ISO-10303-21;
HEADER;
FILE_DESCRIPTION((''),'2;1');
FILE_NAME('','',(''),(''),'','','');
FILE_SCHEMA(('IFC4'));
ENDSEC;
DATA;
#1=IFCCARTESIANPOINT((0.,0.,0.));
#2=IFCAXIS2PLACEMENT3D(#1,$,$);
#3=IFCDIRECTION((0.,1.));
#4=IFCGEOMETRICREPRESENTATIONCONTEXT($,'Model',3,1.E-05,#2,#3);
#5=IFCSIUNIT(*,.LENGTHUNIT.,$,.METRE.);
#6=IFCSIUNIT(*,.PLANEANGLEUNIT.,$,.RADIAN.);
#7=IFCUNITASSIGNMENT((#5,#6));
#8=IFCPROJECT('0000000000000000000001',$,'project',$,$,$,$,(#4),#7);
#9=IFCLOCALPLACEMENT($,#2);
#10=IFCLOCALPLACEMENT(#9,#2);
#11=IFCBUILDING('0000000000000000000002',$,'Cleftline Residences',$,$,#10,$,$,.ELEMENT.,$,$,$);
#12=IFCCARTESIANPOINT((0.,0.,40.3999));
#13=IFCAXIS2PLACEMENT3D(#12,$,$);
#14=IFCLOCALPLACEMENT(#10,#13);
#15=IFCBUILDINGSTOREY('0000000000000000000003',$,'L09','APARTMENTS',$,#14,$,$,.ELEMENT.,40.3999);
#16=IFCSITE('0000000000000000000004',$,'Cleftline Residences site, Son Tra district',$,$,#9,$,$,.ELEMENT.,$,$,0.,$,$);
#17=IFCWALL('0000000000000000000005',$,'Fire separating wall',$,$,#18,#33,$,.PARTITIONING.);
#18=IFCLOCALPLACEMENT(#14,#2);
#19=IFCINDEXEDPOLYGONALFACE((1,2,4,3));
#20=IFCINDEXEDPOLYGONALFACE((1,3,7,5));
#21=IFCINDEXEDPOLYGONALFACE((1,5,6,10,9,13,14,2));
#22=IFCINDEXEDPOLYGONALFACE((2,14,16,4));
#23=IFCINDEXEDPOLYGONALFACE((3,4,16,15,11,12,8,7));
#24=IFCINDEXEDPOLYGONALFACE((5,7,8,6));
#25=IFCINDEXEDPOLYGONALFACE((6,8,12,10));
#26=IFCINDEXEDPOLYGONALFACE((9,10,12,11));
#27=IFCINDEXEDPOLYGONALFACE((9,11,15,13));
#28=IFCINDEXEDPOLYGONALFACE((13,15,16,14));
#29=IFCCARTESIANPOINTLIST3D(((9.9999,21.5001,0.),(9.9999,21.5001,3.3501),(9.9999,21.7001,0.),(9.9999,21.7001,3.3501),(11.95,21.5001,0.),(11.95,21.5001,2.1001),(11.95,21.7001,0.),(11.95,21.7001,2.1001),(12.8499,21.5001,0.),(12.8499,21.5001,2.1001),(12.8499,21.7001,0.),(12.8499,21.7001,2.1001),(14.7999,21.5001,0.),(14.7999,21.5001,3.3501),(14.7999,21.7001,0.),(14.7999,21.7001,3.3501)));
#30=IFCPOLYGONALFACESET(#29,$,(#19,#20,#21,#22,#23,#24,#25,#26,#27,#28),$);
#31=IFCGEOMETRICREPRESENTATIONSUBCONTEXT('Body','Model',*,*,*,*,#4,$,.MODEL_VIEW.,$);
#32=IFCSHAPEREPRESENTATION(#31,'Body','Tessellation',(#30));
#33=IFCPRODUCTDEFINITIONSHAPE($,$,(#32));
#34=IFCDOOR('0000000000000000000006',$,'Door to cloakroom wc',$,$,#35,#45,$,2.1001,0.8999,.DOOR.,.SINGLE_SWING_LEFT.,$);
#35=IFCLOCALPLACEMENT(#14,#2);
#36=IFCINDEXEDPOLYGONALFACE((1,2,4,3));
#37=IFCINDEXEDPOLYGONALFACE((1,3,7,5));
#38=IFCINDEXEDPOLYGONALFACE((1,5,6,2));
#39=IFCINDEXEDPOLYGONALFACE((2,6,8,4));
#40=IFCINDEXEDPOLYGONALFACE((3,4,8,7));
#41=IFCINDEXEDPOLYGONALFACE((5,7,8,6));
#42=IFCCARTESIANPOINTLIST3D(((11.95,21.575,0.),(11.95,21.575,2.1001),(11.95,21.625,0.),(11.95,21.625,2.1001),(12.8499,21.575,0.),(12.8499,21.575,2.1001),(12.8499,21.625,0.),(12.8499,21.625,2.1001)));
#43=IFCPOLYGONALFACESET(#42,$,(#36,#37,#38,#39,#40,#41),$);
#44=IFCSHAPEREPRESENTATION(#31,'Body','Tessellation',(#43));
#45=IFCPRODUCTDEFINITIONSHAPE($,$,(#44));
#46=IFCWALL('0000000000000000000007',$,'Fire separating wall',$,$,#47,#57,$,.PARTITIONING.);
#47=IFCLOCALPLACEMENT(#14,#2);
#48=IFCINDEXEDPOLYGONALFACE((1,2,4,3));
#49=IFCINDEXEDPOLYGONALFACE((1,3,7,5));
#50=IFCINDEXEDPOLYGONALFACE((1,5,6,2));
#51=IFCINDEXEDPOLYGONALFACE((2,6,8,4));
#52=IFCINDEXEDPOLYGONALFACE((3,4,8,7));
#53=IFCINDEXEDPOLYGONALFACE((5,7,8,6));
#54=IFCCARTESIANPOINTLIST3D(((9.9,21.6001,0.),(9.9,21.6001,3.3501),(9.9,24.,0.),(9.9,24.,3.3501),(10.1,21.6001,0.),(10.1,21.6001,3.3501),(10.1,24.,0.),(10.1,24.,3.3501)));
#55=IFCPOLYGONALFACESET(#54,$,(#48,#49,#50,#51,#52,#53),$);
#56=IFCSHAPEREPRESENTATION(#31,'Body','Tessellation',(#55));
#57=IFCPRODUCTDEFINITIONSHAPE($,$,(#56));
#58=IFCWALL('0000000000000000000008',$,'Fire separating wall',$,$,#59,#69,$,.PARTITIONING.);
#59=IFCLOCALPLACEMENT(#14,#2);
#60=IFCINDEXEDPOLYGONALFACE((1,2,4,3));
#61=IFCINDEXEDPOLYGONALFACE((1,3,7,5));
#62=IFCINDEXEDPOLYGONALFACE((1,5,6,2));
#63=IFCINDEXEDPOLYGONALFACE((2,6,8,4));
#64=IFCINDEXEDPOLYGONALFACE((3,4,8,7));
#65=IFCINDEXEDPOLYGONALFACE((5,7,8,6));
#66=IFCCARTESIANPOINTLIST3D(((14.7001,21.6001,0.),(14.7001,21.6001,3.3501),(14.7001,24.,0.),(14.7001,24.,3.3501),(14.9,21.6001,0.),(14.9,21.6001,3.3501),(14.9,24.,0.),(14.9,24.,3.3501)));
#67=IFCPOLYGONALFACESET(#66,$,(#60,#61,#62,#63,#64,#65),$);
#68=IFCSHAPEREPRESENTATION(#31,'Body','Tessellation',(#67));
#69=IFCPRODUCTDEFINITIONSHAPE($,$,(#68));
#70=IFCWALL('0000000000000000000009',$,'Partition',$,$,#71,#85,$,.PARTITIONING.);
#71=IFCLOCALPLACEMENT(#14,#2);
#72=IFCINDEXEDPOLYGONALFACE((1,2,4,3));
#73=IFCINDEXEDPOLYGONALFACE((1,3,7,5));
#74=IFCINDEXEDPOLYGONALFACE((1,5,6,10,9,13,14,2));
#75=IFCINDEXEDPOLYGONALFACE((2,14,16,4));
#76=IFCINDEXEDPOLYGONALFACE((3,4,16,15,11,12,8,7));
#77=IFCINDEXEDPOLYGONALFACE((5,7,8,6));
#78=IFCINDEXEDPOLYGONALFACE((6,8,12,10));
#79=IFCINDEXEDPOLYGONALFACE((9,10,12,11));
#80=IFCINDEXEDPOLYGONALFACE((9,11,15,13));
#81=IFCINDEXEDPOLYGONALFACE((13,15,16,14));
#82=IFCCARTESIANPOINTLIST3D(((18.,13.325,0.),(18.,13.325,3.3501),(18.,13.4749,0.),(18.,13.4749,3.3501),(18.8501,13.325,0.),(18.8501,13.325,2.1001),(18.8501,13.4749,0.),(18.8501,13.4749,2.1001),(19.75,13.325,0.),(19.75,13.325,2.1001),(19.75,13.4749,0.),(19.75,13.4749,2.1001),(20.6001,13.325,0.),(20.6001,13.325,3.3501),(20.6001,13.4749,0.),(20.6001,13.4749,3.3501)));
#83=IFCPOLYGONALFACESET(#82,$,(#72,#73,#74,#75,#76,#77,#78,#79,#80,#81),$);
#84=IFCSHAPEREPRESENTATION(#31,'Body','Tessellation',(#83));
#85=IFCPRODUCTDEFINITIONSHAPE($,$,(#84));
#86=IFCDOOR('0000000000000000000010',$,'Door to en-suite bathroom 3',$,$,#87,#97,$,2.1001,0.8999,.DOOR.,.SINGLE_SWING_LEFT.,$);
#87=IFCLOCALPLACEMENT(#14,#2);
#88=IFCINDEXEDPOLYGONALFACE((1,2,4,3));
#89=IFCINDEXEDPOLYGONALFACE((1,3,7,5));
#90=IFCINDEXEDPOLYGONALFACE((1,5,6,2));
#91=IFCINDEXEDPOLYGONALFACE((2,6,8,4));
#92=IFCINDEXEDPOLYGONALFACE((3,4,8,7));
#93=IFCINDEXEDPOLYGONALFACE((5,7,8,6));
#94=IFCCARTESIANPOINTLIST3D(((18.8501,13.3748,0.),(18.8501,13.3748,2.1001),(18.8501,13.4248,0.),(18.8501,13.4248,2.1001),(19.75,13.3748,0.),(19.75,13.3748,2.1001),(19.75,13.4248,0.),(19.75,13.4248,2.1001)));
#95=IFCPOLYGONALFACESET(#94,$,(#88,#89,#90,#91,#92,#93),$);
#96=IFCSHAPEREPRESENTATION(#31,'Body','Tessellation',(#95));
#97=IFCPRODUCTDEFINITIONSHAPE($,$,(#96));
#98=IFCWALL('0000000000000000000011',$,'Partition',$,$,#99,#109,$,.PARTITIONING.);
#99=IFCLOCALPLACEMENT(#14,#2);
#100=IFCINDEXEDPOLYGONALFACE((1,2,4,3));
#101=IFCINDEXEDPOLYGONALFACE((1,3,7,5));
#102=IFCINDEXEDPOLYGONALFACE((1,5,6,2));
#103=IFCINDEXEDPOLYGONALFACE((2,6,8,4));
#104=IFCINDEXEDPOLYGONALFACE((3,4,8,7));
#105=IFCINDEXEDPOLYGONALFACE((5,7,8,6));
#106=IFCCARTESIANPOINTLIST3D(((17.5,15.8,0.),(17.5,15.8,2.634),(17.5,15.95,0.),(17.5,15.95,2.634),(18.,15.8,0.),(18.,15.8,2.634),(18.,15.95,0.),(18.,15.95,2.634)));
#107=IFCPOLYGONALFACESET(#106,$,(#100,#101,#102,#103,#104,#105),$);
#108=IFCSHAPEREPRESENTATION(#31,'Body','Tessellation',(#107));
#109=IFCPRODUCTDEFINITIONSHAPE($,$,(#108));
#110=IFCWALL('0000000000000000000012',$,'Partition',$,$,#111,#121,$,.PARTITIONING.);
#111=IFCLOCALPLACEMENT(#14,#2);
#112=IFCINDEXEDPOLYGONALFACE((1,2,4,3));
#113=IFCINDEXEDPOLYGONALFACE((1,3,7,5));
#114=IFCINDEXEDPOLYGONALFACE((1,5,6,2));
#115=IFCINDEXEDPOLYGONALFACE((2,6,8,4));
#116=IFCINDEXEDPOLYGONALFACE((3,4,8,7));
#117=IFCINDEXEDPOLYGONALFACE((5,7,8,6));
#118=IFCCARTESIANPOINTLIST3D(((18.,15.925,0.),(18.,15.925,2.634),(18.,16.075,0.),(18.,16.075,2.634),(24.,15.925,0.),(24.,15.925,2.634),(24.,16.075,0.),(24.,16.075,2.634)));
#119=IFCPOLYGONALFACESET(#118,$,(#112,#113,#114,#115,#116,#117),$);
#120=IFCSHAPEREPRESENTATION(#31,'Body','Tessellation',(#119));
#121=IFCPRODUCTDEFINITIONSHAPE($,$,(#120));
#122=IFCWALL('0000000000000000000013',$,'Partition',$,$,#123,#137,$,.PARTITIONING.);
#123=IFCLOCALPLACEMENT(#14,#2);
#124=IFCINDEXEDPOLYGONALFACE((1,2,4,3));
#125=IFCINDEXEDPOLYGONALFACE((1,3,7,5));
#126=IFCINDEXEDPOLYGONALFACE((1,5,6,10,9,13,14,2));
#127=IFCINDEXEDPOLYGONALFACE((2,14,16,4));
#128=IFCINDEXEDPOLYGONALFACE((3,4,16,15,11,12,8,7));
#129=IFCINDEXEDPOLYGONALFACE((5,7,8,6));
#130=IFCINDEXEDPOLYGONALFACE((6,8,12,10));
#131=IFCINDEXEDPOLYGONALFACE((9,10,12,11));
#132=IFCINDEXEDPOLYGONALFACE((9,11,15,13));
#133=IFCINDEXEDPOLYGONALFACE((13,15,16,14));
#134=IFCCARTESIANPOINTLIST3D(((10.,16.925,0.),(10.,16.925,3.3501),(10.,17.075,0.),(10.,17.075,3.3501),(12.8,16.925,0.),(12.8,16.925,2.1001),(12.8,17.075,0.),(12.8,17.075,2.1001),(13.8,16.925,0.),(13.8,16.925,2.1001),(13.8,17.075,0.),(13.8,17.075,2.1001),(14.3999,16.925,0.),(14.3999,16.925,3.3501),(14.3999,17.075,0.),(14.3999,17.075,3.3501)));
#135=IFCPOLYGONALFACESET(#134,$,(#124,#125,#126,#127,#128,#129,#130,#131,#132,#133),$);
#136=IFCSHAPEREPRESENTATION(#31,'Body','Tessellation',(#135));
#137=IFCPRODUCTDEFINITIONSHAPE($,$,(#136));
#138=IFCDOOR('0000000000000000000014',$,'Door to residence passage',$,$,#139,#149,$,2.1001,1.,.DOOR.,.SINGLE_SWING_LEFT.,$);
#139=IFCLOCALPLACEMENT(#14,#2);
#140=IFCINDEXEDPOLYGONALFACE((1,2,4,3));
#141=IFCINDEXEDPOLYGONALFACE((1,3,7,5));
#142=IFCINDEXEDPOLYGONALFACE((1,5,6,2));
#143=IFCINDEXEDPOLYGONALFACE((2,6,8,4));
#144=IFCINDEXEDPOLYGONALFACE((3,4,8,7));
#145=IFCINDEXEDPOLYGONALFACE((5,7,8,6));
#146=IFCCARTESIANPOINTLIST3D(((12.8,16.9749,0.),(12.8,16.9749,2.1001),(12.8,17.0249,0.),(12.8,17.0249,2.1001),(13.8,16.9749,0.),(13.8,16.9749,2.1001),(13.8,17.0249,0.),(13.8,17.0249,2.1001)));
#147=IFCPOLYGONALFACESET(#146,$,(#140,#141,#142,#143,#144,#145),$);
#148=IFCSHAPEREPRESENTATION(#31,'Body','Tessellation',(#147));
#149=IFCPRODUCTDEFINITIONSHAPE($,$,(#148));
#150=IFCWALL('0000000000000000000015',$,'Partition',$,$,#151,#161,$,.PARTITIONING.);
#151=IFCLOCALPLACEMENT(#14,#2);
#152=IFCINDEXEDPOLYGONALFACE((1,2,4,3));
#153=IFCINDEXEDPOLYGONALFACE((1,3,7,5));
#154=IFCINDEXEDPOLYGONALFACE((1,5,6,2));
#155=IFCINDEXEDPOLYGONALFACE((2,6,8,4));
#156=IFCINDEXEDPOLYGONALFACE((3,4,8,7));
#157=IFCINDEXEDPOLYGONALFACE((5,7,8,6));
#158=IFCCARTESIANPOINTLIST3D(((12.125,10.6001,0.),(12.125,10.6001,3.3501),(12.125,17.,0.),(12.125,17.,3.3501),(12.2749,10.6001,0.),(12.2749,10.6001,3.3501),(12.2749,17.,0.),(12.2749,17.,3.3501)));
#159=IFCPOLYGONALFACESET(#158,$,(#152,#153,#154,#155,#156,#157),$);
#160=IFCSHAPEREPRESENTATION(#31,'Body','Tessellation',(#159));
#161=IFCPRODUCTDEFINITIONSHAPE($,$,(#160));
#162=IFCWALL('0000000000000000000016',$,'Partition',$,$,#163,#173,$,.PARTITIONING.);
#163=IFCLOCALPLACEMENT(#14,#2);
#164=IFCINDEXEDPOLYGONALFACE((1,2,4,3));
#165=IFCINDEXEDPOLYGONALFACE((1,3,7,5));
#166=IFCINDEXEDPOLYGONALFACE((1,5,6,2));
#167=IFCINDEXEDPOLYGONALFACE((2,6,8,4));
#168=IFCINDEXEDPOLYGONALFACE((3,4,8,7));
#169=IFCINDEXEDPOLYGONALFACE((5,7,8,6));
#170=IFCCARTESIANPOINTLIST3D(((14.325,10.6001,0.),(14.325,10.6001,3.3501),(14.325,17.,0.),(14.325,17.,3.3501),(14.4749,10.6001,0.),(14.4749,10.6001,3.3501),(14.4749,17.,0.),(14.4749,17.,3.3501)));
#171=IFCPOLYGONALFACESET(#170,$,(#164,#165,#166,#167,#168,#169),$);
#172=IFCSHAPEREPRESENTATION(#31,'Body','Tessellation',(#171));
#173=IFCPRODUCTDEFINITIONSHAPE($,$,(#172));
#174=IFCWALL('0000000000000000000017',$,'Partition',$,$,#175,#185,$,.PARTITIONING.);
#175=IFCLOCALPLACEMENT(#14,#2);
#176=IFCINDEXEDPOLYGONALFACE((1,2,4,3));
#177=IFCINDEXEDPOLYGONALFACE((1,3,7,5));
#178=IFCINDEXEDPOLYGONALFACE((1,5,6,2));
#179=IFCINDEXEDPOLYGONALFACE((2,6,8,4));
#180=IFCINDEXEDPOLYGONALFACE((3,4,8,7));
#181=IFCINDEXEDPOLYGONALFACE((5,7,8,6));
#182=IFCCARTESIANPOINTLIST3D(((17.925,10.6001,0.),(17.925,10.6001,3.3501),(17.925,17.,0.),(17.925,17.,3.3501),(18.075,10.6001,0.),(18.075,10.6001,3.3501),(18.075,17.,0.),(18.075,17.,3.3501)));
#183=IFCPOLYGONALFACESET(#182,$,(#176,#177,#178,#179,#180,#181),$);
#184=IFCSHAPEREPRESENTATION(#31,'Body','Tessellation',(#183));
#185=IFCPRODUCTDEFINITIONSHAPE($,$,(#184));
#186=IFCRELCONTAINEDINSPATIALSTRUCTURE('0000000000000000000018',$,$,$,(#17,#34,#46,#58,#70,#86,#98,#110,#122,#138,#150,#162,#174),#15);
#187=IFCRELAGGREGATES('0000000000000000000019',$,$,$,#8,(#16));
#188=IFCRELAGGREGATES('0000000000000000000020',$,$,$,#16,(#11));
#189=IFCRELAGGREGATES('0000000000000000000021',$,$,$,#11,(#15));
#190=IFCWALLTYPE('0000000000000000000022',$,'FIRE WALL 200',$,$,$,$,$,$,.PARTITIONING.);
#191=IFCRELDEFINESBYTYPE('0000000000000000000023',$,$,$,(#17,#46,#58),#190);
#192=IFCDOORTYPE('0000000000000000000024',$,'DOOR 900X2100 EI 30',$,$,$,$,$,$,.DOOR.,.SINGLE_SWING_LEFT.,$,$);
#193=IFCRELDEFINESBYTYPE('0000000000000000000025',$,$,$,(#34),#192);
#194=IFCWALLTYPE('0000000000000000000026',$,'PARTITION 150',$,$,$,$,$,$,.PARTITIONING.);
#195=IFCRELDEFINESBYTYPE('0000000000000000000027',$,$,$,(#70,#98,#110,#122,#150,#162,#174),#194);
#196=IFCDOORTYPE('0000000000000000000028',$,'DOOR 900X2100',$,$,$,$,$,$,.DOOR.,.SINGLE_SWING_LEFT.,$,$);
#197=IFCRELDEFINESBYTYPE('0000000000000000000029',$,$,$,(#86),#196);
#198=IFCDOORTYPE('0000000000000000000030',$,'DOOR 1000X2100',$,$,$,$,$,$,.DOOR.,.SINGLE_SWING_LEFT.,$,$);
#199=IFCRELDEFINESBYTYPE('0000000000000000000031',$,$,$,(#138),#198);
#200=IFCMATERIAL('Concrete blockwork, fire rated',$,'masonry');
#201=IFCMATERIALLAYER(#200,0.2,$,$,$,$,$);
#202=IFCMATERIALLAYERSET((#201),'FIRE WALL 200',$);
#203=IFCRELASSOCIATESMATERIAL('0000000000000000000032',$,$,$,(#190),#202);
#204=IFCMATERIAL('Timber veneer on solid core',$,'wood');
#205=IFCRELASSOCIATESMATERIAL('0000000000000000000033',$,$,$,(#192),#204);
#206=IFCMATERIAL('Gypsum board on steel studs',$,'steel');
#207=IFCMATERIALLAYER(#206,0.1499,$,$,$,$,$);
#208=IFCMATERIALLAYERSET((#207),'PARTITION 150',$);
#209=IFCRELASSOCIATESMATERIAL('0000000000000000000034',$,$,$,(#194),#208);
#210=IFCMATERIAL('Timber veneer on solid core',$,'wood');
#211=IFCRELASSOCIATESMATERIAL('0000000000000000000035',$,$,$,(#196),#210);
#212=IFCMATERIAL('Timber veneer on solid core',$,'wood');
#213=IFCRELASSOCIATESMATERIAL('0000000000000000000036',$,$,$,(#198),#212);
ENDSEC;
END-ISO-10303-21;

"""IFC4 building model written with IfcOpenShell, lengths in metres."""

from ifc_helpers import new_model, si_unit, direction, frame, frame_2d, origin, place, context, subcontext, project, spatial, rectangle, extrude, material, layer, layer_set, type_object, element, fill, save


model = new_model("IFC4")

# Units and contexts
model_context = context("Model", 3, precision=1e-05, world=origin(), true_north=direction((0.0, 1.0)))
body_context = subcontext(model_context, "Body", "Model", "MODEL_VIEW")
ifc_project = project(units=[si_unit("LENGTHUNIT", "METRE"), si_unit("PLANEANGLEUNIT", "RADIAN")], contexts=[model_context])

# Site, building, storey
site_placement = place(None, origin())
site = spatial("IfcSite", under=ifc_project, at=site_placement, Name="Cleftline Residences site, Son Tra district", CompositionType="ELEMENT", RefElevation=0.0)
building_placement = place(site_placement, origin())
building = spatial("IfcBuilding", under=site, at=building_placement, Name="Cleftline Residences", CompositionType="ELEMENT")
storey_placement = place(building_placement, frame((0.0, 0.0, 40.3999)))
storey = spatial("IfcBuildingStorey", under=building, at=storey_placement, Name="L09", Description="APARTMENTS", CompositionType="ELEMENT", Elevation=40.3999)

# Shared definitions
ifc_material_1 = material(Name="Concrete blockwork, fire rated", Category="masonry")
ifc_layer_1 = layer(ifc_material_1, 0.2)
ifc_layer_set_1 = layer_set([ifc_layer_1], Name="FIRE WALL 200")
wall_type_1 = type_object("IfcWallType", Name="FIRE WALL 200", PredefinedType="PARTITIONING", material=ifc_layer_set_1)

# Wall, opening, door
wall_1_placement = place(storey_placement, frame((10.0, 21.6001, 0.0), z_axis=(0.0, 0.0, 1.0), x_axis=(1.0, 0.0, 0.0)))
wall_1 = element("IfcWall", 1, at=wall_1_placement, inside=storey, type_object=wall_type_1, Name="Fire separating wall", PredefinedType="PARTITIONING", context=body_context, shape_type="SweptSolid", body=[
    extrude(rectangle(XDim=4.8, YDim=0.2, at=frame_2d((2.3999, 0.0))), origin(), (0.0, 0.0, 1.0), 3.3501),
])
opening_1_placement = place(wall_1_placement, frame((1.95, 0.0, 0.0)))
opening_1 = element("IfcOpeningElement", 2, at=opening_1_placement, cuts=wall_1, PredefinedType="OPENING", context=body_context, shape_type="SweptSolid", body=[
    extrude(rectangle(XDim=0.8999, YDim=2.1001, at=frame_2d((0.45, 1.05))), frame((0.0, 0.1099, 0.0), z_axis=(0.0, -1.0, 0.0), x_axis=(1.0, 0.0, 0.0)), (0.0, 0.0, 1.0), 0.22),
])
ifc_material_2 = material(Name="Timber veneer on solid core", Category="wood")
door_type_1 = type_object("IfcDoorType", Name="DOOR 900X2100 EI 30", OperationType="SINGLE_SWING_LEFT", PredefinedType="DOOR", material=ifc_material_2)
door_1_placement = place(opening_1_placement, origin())
door_1 = element("IfcDoor", 3, at=door_1_placement, inside=storey, type_object=door_type_1, Name="Door to cloakroom wc", OperationType="SINGLE_SWING_LEFT", OverallHeight=2.1001, OverallWidth=0.8999, PredefinedType="DOOR", context=body_context, shape_type="SweptSolid", body=[
    extrude(rectangle(XDim=0.8999, YDim=2.1001, at=frame_2d((0.45, 1.05))), frame((0.0, 0.0249, 0.0), z_axis=(0.0, -1.0, 0.0), x_axis=(1.0, 0.0, 0.0)), (0.0, 0.0, 1.0), 0.05),
])
fill(opening_1, door_1)

# Walls
for number, where, z_axis, x_axis, name in (
    (4, (10.0, 21.6001, 0.0), (0.0, 0.0, 1.0), (0.0, 1.0, 0.0), "Fire separating wall"),
    (5, (14.8, 21.6001, 0.0), (0.0, 0.0, 1.0), (0.0, 1.0, 0.0), "Fire separating wall"),
):
    element("IfcWall", number, at=place(storey_placement, frame(where, z_axis=z_axis, x_axis=x_axis)), inside=storey, type_object=wall_type_1, Name=name, PredefinedType="PARTITIONING", context=body_context, shape_type="SweptSolid", body=[
        extrude(rectangle(XDim=2.3999, YDim=0.2, at=frame_2d((1.2, 0.0))), origin(), (0.0, 0.0, 1.0), 3.3501),
    ])

# Wall, opening, door
ifc_material_3 = material(Name="Gypsum board on steel studs", Category="steel")
ifc_layer_2 = layer(ifc_material_3, 0.1499)
ifc_layer_set_2 = layer_set([ifc_layer_2], Name="PARTITION 150")
wall_type_2 = type_object("IfcWallType", Name="PARTITION 150", PredefinedType="PARTITIONING", material=ifc_layer_set_2)
wall_2_placement = place(storey_placement, frame((18.0, 13.3999, 0.0), z_axis=(0.0, 0.0, 1.0), x_axis=(1.0, 0.0, 0.0)))
wall_2 = element("IfcWall", 6, at=wall_2_placement, inside=storey, type_object=wall_type_2, Name="Partition", PredefinedType="PARTITIONING", context=body_context, shape_type="SweptSolid", body=[
    extrude(rectangle(XDim=2.6001, YDim=0.1499, at=frame_2d((1.3, 0.0))), origin(), (0.0, 0.0, 1.0), 3.3501),
])
opening_2_placement = place(wall_2_placement, frame((0.8501, 0.0, 0.0)))
opening_2 = element("IfcOpeningElement", 7, at=opening_2_placement, cuts=wall_2, PredefinedType="OPENING", context=body_context, shape_type="SweptSolid", body=[
    extrude(rectangle(XDim=0.8999, YDim=2.1001, at=frame_2d((0.45, 1.05))), frame((0.0, 0.085, 0.0), z_axis=(0.0, -1.0, 0.0), x_axis=(1.0, 0.0, 0.0)), (0.0, 0.0, 1.0), 0.1699),
])
ifc_material_4 = material(Name="Timber veneer on solid core", Category="wood")
door_type_2 = type_object("IfcDoorType", Name="DOOR 900X2100", OperationType="SINGLE_SWING_LEFT", PredefinedType="DOOR", material=ifc_material_4)
door_2_placement = place(opening_2_placement, origin())
door_2 = element("IfcDoor", 8, at=door_2_placement, inside=storey, type_object=door_type_2, Name="Door to en-suite bathroom 3", OperationType="SINGLE_SWING_LEFT", OverallHeight=2.1001, OverallWidth=0.8999, PredefinedType="DOOR", context=body_context, shape_type="SweptSolid", body=[
    extrude(rectangle(XDim=0.8999, YDim=2.1001, at=frame_2d((0.45, 1.05))), frame((0.0, 0.0249, 0.0), z_axis=(0.0, -1.0, 0.0), x_axis=(1.0, 0.0, 0.0)), (0.0, 0.0, 1.0), 0.05),
])
fill(opening_2, door_2)

# Walls
wall_3_placement = place(storey_placement, frame((17.5, 15.875, 0.0), z_axis=(0.0, 0.0, 1.0), x_axis=(1.0, 0.0, 0.0)))
element("IfcWall", 9, at=wall_3_placement, inside=storey, type_object=wall_type_2, Name="Partition", PredefinedType="PARTITIONING", context=body_context, shape_type="SweptSolid", body=[
    extrude(rectangle(XDim=0.5, YDim=0.1499, at=frame_2d((0.25, 0.0))), origin(), (0.0, 0.0, 1.0), 2.634),
])
wall_4_placement = place(storey_placement, frame((18.0, 16.0, 0.0), z_axis=(0.0, 0.0, 1.0), x_axis=(1.0, 0.0, 0.0)))
element("IfcWall", 10, at=wall_4_placement, inside=storey, type_object=wall_type_2, Name="Partition", PredefinedType="PARTITIONING", context=body_context, shape_type="SweptSolid", body=[
    extrude(rectangle(XDim=6.0, YDim=0.1499, at=frame_2d((3.0, 0.0))), origin(), (0.0, 0.0, 1.0), 2.634),
])

# Wall, opening, door
wall_5_placement = place(storey_placement, frame((10.0, 17.0, 0.0), z_axis=(0.0, 0.0, 1.0), x_axis=(1.0, 0.0, 0.0)))
wall_5 = element("IfcWall", 11, at=wall_5_placement, inside=storey, type_object=wall_type_2, Name="Partition", PredefinedType="PARTITIONING", context=body_context, shape_type="SweptSolid", body=[
    extrude(rectangle(XDim=4.3999, YDim=0.1499, at=frame_2d((2.2, 0.0))), origin(), (0.0, 0.0, 1.0), 3.3501),
])
opening_3_placement = place(wall_5_placement, frame((2.8, 0.0, 0.0)))
opening_3 = element("IfcOpeningElement", 12, at=opening_3_placement, cuts=wall_5, PredefinedType="OPENING", context=body_context, shape_type="SweptSolid", body=[
    extrude(rectangle(XDim=1.0, YDim=2.1001, at=frame_2d((0.5, 1.05))), frame((0.0, 0.085, 0.0), z_axis=(0.0, -1.0, 0.0), x_axis=(1.0, 0.0, 0.0)), (0.0, 0.0, 1.0), 0.1699),
])
ifc_material_5 = material(Name="Timber veneer on solid core", Category="wood")
door_type_3 = type_object("IfcDoorType", Name="DOOR 1000X2100", OperationType="SINGLE_SWING_LEFT", PredefinedType="DOOR", material=ifc_material_5)
door_3_placement = place(opening_3_placement, origin())
door_3 = element("IfcDoor", 13, at=door_3_placement, inside=storey, type_object=door_type_3, Name="Door to residence passage", OperationType="SINGLE_SWING_LEFT", OverallHeight=2.1001, OverallWidth=1.0, PredefinedType="DOOR", context=body_context, shape_type="SweptSolid", body=[
    extrude(rectangle(XDim=1.0, YDim=2.1001, at=frame_2d((0.5, 1.05))), frame((0.0, 0.0249, 0.0), z_axis=(0.0, -1.0, 0.0), x_axis=(1.0, 0.0, 0.0)), (0.0, 0.0, 1.0), 0.05),
])
fill(opening_3, door_3)

# Walls
for number, where, z_axis, x_axis, name in (
    (14, (12.2, 10.6001, 0.0), (0.0, 0.0, 1.0), (0.0, 1.0, 0.0), "Partition"),
    (15, (14.3999, 10.6001, 0.0), (0.0, 0.0, 1.0), (0.0, 1.0, 0.0), "Partition"),
    (16, (18.0, 10.6001, 0.0), (0.0, 0.0, 1.0), (0.0, 1.0, 0.0), "Partition"),
):
    element("IfcWall", number, at=place(storey_placement, frame(where, z_axis=z_axis, x_axis=x_axis)), inside=storey, type_object=wall_type_2, Name=name, PredefinedType="PARTITIONING", context=body_context, shape_type="SweptSolid", body=[
        extrude(rectangle(XDim=6.3999, YDim=0.1499, at=frame_2d((3.2, 0.0))), origin(), (0.0, 0.0, 1.0), 3.3501),
    ])

save(model, "model.ifc")
